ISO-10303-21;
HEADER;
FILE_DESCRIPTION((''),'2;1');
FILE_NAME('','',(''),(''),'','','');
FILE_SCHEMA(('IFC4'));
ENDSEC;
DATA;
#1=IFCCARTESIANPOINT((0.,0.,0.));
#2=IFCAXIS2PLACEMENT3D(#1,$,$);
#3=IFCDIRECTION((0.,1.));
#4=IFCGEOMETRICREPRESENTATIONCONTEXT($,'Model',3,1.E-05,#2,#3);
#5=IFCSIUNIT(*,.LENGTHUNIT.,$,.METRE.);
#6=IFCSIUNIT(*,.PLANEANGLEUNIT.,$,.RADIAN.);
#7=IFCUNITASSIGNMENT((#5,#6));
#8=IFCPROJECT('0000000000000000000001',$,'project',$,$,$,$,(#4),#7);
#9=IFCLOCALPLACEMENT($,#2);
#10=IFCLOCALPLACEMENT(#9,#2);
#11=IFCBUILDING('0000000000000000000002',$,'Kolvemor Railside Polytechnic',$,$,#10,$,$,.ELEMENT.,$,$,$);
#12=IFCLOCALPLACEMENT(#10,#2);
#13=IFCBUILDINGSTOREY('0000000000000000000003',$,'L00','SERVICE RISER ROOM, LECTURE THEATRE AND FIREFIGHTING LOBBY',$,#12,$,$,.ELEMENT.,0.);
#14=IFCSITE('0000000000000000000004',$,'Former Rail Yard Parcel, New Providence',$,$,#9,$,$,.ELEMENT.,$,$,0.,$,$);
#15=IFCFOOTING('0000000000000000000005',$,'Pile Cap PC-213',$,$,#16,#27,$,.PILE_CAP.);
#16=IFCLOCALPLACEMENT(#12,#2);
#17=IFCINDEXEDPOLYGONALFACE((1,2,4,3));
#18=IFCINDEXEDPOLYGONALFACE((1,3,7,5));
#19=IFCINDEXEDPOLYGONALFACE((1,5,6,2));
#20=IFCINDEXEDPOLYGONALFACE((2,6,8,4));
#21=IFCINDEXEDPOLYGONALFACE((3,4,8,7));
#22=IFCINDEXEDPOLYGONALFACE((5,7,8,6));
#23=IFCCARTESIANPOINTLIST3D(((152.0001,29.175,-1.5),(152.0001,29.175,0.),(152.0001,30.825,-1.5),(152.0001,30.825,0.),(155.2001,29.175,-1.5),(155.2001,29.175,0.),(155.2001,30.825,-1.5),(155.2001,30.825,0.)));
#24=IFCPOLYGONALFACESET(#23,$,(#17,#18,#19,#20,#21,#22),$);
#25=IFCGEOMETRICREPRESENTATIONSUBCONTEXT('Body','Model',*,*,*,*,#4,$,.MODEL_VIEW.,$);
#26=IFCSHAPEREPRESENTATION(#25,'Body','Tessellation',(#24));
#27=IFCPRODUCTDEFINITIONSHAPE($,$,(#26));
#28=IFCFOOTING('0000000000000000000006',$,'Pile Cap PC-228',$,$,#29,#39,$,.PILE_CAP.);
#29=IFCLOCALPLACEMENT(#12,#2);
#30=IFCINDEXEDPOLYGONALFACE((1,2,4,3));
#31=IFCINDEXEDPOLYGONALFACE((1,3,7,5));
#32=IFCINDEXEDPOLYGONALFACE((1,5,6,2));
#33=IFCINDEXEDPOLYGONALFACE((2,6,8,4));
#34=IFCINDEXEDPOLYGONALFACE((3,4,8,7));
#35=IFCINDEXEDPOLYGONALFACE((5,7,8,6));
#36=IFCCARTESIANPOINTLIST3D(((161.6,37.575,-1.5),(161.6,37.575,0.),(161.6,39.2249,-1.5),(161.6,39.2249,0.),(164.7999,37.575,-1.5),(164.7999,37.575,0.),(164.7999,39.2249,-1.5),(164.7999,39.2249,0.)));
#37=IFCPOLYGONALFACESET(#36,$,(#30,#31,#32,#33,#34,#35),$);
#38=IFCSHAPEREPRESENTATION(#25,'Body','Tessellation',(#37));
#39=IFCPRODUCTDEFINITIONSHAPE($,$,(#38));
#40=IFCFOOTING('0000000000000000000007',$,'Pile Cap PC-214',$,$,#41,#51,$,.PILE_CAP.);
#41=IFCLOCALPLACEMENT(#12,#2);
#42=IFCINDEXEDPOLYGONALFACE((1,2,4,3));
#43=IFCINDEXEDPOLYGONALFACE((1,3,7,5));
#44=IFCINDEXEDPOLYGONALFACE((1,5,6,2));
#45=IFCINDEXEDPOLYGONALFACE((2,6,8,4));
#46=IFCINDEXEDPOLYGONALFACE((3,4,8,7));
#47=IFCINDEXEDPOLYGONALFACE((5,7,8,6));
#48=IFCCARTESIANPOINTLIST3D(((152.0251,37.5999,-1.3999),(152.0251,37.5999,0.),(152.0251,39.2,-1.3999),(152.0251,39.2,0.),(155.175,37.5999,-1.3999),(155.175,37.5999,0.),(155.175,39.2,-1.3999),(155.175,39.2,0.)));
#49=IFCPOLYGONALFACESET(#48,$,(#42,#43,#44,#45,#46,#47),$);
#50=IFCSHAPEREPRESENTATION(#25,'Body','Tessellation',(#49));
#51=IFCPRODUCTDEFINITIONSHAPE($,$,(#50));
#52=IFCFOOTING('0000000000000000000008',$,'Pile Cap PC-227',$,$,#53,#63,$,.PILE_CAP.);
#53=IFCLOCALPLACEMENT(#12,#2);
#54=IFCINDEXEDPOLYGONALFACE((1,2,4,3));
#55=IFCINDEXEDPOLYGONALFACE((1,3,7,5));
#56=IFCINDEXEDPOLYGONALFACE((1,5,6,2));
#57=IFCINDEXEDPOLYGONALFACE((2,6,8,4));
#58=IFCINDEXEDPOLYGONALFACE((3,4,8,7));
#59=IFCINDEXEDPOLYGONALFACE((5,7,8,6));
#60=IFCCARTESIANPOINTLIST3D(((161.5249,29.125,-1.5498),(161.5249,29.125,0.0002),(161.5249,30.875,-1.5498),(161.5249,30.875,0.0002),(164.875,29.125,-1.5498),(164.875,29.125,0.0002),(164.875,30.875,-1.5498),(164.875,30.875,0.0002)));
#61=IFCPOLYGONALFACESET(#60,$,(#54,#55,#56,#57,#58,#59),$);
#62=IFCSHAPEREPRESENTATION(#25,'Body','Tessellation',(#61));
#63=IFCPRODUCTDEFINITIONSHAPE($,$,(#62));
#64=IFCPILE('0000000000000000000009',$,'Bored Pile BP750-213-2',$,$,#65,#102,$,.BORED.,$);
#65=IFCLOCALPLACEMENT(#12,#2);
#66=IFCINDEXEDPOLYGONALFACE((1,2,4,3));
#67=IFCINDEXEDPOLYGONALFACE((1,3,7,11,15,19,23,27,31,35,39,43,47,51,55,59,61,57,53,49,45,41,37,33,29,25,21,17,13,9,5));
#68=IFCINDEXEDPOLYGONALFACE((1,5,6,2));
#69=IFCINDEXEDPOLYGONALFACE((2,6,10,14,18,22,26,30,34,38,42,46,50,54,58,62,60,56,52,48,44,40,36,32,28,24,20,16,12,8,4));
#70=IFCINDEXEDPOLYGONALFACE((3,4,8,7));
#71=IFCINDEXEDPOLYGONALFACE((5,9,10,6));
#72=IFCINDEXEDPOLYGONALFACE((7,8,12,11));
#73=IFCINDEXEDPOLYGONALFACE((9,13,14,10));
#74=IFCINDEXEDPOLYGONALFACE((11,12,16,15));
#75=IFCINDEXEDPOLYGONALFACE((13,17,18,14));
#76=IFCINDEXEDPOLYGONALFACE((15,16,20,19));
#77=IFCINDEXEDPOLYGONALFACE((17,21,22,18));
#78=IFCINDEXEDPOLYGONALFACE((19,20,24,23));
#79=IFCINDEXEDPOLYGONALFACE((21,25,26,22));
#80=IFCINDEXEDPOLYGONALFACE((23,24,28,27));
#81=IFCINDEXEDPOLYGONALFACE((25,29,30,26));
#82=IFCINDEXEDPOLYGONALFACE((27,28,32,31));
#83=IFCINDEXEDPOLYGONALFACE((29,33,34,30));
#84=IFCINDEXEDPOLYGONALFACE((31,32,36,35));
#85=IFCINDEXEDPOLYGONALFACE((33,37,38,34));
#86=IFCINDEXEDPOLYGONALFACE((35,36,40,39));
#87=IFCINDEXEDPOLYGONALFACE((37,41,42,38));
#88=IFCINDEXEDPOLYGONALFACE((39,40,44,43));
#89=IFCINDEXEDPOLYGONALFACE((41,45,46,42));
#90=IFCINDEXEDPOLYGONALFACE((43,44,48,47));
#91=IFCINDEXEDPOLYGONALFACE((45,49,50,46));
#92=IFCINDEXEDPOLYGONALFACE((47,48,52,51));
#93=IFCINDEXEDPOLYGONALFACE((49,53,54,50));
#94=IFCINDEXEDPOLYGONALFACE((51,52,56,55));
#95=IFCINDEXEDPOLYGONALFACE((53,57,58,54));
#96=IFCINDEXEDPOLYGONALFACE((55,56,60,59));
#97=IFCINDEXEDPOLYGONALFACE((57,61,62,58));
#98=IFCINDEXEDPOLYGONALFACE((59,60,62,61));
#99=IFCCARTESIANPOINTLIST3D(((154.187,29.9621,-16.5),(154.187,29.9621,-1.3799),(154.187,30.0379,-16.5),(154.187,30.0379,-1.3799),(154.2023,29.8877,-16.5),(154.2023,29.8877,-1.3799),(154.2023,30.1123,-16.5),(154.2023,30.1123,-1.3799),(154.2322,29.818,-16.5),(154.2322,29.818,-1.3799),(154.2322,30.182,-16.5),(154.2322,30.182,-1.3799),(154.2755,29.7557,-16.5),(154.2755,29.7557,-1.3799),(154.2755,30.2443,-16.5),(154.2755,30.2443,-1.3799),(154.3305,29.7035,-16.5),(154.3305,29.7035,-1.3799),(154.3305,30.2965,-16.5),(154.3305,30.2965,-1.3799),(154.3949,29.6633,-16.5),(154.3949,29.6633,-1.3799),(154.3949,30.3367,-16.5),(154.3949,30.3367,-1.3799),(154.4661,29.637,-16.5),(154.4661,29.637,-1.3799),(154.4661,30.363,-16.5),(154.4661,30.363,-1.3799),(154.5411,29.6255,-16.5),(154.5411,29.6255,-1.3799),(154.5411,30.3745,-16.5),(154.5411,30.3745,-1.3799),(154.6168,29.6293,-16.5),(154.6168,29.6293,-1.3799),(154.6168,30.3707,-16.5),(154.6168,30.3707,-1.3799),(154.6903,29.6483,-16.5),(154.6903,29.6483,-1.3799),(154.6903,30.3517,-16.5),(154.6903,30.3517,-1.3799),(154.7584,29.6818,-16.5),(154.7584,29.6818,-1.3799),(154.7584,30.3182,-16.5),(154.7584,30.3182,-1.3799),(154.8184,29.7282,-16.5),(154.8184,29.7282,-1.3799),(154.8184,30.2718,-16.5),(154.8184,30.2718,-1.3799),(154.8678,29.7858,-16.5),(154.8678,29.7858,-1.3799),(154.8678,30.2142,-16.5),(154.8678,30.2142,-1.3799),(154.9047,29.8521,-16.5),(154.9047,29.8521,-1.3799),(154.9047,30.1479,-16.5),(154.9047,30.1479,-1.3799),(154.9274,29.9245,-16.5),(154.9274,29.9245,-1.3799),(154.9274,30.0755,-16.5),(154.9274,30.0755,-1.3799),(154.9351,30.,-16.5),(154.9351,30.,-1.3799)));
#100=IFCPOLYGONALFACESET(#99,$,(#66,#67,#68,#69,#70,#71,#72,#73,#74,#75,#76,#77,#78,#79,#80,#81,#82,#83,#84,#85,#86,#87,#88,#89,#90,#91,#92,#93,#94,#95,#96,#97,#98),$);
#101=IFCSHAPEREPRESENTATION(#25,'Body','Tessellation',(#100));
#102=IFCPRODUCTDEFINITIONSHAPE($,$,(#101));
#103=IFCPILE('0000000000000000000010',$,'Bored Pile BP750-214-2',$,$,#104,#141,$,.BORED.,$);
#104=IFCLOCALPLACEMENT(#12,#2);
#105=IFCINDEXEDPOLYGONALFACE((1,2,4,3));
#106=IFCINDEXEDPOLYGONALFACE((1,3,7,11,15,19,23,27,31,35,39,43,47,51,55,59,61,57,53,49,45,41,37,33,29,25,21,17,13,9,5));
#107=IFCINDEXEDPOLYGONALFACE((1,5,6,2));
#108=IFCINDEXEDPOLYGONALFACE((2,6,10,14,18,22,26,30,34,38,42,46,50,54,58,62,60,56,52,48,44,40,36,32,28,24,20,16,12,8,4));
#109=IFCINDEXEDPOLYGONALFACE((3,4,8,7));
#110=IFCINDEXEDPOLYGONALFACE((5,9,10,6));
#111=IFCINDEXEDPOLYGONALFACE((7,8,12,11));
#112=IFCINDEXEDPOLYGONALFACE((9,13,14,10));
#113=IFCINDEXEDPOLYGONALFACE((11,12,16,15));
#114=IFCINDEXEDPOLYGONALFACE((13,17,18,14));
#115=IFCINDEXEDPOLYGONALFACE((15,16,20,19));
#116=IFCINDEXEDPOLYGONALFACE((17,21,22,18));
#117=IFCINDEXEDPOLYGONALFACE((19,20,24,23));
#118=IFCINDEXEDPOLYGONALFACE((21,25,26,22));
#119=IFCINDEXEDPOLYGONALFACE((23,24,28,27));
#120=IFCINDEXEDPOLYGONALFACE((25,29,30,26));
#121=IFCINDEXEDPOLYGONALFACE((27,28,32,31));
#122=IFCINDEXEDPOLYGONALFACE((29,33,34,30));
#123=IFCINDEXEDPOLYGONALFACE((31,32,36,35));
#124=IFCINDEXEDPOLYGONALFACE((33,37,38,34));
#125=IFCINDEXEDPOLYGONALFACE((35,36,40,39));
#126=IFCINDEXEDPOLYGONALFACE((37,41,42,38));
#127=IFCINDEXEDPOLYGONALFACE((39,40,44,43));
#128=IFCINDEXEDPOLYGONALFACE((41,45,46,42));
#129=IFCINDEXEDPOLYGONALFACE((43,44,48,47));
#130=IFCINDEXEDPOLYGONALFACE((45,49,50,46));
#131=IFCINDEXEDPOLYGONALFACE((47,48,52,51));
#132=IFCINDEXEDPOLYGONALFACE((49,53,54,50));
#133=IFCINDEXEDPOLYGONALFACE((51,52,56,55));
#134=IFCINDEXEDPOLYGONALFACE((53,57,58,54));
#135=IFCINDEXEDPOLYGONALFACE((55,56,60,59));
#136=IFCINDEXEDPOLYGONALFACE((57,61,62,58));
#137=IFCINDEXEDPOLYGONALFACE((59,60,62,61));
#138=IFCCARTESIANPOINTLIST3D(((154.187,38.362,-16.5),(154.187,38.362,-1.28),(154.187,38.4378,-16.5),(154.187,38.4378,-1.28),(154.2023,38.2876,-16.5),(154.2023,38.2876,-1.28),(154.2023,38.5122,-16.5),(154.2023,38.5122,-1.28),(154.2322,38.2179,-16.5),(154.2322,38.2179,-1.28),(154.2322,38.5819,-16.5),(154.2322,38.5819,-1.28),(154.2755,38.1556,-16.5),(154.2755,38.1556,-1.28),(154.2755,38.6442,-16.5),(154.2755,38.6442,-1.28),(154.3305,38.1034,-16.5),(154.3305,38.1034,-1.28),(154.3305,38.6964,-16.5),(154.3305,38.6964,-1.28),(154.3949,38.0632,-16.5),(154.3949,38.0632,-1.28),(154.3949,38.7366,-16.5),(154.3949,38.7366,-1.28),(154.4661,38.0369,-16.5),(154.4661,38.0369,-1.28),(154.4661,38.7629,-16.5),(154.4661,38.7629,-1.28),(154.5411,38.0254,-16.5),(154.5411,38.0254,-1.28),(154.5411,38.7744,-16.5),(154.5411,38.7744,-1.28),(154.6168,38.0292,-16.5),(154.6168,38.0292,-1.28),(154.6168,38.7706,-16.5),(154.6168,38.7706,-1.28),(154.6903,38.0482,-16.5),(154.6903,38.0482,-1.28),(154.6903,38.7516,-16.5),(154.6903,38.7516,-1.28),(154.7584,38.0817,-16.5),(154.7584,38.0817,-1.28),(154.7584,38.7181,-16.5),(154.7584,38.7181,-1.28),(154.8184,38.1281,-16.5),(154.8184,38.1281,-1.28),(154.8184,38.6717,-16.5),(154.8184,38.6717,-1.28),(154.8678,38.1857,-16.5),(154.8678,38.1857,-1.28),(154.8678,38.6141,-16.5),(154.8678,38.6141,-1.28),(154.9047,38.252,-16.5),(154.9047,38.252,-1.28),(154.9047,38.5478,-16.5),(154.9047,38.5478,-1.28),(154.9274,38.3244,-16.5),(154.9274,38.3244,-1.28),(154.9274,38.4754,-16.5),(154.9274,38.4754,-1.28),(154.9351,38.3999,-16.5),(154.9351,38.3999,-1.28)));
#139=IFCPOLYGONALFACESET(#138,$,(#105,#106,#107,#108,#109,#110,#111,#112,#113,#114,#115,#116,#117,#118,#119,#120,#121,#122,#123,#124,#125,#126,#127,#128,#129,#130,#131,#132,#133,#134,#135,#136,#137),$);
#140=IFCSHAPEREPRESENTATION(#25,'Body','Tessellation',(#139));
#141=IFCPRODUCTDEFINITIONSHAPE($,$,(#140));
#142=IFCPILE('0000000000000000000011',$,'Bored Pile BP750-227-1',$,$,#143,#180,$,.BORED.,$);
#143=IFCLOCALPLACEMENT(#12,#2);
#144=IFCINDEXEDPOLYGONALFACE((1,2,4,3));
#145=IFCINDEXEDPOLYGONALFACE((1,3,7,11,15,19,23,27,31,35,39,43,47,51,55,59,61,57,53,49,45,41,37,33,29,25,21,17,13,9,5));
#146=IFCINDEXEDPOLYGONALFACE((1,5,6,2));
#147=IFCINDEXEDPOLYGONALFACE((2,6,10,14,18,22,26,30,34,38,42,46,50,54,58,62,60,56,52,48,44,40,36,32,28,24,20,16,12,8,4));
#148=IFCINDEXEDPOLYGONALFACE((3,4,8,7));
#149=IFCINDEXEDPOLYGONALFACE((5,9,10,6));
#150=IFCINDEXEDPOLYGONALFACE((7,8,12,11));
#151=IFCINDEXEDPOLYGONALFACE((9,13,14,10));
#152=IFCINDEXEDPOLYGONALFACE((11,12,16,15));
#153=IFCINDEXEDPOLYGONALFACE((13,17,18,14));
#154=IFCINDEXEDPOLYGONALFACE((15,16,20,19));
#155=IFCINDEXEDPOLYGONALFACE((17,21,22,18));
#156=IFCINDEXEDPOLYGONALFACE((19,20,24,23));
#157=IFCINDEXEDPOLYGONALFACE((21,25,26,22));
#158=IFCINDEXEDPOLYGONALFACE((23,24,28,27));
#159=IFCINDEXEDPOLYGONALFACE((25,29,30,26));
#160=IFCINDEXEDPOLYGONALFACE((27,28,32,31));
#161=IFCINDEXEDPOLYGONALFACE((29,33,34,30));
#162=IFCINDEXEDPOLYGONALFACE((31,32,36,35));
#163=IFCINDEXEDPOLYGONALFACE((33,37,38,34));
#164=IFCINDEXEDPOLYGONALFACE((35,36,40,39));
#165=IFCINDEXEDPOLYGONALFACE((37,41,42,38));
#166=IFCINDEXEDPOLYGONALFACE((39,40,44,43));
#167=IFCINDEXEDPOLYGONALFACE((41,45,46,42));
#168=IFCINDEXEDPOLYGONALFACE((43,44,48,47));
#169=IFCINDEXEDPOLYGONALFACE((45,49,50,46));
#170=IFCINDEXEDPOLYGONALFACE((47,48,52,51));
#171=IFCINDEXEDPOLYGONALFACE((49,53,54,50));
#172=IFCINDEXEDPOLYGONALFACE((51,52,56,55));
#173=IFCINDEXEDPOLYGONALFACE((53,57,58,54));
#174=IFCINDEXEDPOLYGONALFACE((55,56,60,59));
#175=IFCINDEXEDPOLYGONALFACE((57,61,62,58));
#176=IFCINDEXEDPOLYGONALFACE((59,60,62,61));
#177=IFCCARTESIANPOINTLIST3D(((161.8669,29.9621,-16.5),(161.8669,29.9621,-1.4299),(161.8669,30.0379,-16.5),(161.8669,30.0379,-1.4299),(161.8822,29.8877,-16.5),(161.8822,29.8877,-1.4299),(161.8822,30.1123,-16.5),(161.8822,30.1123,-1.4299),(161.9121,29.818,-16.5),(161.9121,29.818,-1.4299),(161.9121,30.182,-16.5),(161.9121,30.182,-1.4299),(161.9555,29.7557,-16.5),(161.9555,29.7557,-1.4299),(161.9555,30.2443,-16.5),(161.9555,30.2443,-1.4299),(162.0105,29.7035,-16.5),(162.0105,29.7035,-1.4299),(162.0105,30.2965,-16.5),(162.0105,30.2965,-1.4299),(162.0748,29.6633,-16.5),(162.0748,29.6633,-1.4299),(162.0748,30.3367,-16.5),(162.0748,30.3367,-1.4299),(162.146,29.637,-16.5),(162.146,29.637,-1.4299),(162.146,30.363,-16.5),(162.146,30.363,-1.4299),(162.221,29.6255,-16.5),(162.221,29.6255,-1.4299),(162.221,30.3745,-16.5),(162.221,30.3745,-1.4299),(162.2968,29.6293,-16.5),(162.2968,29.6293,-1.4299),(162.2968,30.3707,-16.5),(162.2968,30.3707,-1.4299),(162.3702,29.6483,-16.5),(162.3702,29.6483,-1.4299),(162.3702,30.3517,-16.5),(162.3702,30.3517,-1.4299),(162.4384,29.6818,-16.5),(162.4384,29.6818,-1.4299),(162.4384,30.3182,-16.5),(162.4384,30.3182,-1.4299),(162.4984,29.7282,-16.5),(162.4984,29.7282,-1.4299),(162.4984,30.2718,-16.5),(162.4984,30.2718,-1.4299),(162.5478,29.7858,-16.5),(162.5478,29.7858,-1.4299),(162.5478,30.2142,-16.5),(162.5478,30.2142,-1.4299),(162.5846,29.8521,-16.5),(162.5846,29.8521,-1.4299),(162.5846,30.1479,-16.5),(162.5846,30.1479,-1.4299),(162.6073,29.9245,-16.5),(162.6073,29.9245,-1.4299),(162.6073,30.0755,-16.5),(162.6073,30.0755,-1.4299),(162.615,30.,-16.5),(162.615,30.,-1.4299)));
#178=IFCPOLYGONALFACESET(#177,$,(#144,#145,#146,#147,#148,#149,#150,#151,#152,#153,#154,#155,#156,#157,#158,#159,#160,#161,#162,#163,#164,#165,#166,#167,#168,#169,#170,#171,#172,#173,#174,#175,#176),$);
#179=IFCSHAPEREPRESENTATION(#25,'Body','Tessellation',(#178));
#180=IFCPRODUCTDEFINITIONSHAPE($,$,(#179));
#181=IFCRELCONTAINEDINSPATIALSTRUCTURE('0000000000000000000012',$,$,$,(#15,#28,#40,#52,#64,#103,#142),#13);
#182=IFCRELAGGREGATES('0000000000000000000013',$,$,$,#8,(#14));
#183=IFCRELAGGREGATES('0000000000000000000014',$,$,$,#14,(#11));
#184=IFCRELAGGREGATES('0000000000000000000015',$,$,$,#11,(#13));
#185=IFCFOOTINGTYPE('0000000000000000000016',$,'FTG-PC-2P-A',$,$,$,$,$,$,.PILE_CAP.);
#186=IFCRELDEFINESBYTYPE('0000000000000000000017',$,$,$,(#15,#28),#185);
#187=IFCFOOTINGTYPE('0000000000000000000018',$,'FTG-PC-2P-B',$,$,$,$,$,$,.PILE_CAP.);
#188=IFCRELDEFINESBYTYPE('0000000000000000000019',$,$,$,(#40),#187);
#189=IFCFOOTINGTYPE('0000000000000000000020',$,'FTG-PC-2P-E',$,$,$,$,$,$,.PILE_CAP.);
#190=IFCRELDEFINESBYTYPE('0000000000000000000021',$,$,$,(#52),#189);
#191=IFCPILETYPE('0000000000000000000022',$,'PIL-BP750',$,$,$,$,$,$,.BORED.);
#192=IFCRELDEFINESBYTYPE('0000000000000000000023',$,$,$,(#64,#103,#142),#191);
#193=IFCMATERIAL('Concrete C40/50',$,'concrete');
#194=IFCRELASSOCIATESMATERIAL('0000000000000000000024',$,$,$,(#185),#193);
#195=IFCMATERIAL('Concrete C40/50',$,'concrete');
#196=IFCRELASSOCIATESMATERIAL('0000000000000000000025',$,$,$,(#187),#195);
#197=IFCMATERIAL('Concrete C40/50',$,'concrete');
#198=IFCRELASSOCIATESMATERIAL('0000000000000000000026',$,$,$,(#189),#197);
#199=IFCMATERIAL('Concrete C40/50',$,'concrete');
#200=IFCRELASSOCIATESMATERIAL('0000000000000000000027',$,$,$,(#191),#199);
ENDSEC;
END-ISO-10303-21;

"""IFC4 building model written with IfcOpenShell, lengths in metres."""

from ifc_helpers import new_model, si_unit, direction, frame, origin, origin_2d, place, context, subcontext, project, spatial, rectangle, circle, extrude, material, material_profile, profile_set, type_object, element, save


model = new_model("IFC4")

# Units and contexts
model_context = context("Model", 3, precision=1e-05, world=origin(), true_north=direction((0.0, 1.0)))
body_context = subcontext(model_context, "Body", "Model", "MODEL_VIEW")
ifc_project = project(units=[si_unit("LENGTHUNIT", "METRE"), si_unit("PLANEANGLEUNIT", "RADIAN")], contexts=[model_context])

# Site, building, storey
site_placement = place(None, origin())
site = spatial("IfcSite", under=ifc_project, at=site_placement, Name="Former Rail Yard Parcel, New Providence", CompositionType="ELEMENT", RefElevation=0.0)
building_placement = place(site_placement, origin())
building = spatial("IfcBuilding", under=site, at=building_placement, Name="Kolvemor Railside Polytechnic", CompositionType="ELEMENT")
storey_placement = place(building_placement, origin())
storey = spatial("IfcBuildingStorey", under=building, at=storey_placement, Name="L00", Description="SERVICE RISER ROOM, LECTURE THEATRE AND FIREFIGHTING LOBBY", CompositionType="ELEMENT", Elevation=0.0)

# Footings
ifc_material_1 = material(Name="Concrete C40/50", Category="concrete")
footing_type_1 = type_object("IfcFootingType", Name="FTG-PC-2P-A", PredefinedType="PILE_CAP", material=ifc_material_1)
for number, where, z_axis, x_axis, name in (
    (1, (153.6001, 30.0, -1.5), (0.0, 0.0, 1.0), (1.0, 0.0, 0.0), "Pile Cap PC-213"),
    (2, (163.2, 38.3999, -1.5), (0.0, 0.0, 1.0), (1.0, 0.0, 0.0), "Pile Cap PC-228"),
):
    element("IfcFooting", number, at=place(storey_placement, frame(where, z_axis=z_axis, x_axis=x_axis)), inside=storey, type_object=footing_type_1, Name=name, PredefinedType="PILE_CAP", context=body_context, shape_type="SweptSolid", body=[
        extrude(rectangle(XDim=3.2, YDim=1.6499, at=origin_2d()), origin(), (0.0, 0.0, 1.0), 1.5),
    ])
ifc_material_2 = material(Name="Concrete C40/50", Category="concrete")
footing_type_2 = type_object("IfcFootingType", Name="FTG-PC-2P-B", PredefinedType="PILE_CAP", material=ifc_material_2)
footing_1_placement = place(storey_placement, frame((153.6001, 38.3999, -1.3999), z_axis=(0.0, 0.0, 1.0), x_axis=(1.0, 0.0, 0.0)))
element("IfcFooting", 3, at=footing_1_placement, inside=storey, type_object=footing_type_2, Name="Pile Cap PC-214", PredefinedType="PILE_CAP", context=body_context, shape_type="SweptSolid", body=[
    extrude(rectangle(XDim=3.1499, YDim=1.6001, at=origin_2d()), origin(), (0.0, 0.0, 1.0), 1.3999),
])
ifc_material_3 = material(Name="Concrete C40/50", Category="concrete")
footing_type_3 = type_object("IfcFootingType", Name="FTG-PC-2P-E", PredefinedType="PILE_CAP", material=ifc_material_3)
footing_2_placement = place(storey_placement, frame((163.2, 30.0, -1.5498), z_axis=(0.0, 0.0, 1.0), x_axis=(1.0, 0.0, 0.0)))
element("IfcFooting", 4, at=footing_2_placement, inside=storey, type_object=footing_type_3, Name="Pile Cap PC-227", PredefinedType="PILE_CAP", context=body_context, shape_type="SweptSolid", body=[
    extrude(rectangle(XDim=3.3501, YDim=1.75, at=origin_2d()), origin(), (0.0, 0.0, 1.0), 1.55),
])

# Piles
ifc_material_4 = material(Name="Concrete C40/50", Category="concrete")
ifc_material_profile_1 = material_profile(ifc_material_4, circle(Radius=0.375, at=origin_2d()), Name="BP750")
ifc_profile_set_1 = profile_set([ifc_material_profile_1], Name="Concrete C40/50")
pile_type = type_object("IfcPileType", Name="PIL-BP750", PredefinedType="BORED", material=ifc_profile_set_1)
pile_1_placement = place(storey_placement, frame((154.5601, 30.0, -1.3799), z_axis=(0.0, 0.0, -1.0), x_axis=(1.0, 0.0, 0.0)))
element("IfcPile", 5, at=pile_1_placement, inside=storey, type_object=pile_type, Name="Bored Pile BP750-213-2", PredefinedType="BORED", context=body_context, shape_type="SweptSolid", body=[
    extrude(circle(Radius=0.375, at=origin_2d()), origin(), (0.0, 0.0, 1.0), 15.1201),
])
pile_2_placement = place(storey_placement, frame((154.5601, 38.3999, -1.28), z_axis=(0.0, 0.0, -1.0), x_axis=(1.0, 0.0, 0.0)))
element("IfcPile", 6, at=pile_2_placement, inside=storey, type_object=pile_type, Name="Bored Pile BP750-214-2", PredefinedType="BORED", context=body_context, shape_type="SweptSolid", body=[
    extrude(circle(Radius=0.375, at=origin_2d()), origin(), (0.0, 0.0, 1.0), 15.22),
])
pile_3_placement = place(storey_placement, frame((162.24, 30.0, -1.4299), z_axis=(0.0, 0.0, -1.0), x_axis=(1.0, 0.0, 0.0)))
element("IfcPile", 7, at=pile_3_placement, inside=storey, type_object=pile_type, Name="Bored Pile BP750-227-1", PredefinedType="BORED", context=body_context, shape_type="SweptSolid", body=[
    extrude(circle(Radius=0.375, at=origin_2d()), origin(), (0.0, 0.0, 1.0), 15.0701),
])

save(model, "model.ifc")
